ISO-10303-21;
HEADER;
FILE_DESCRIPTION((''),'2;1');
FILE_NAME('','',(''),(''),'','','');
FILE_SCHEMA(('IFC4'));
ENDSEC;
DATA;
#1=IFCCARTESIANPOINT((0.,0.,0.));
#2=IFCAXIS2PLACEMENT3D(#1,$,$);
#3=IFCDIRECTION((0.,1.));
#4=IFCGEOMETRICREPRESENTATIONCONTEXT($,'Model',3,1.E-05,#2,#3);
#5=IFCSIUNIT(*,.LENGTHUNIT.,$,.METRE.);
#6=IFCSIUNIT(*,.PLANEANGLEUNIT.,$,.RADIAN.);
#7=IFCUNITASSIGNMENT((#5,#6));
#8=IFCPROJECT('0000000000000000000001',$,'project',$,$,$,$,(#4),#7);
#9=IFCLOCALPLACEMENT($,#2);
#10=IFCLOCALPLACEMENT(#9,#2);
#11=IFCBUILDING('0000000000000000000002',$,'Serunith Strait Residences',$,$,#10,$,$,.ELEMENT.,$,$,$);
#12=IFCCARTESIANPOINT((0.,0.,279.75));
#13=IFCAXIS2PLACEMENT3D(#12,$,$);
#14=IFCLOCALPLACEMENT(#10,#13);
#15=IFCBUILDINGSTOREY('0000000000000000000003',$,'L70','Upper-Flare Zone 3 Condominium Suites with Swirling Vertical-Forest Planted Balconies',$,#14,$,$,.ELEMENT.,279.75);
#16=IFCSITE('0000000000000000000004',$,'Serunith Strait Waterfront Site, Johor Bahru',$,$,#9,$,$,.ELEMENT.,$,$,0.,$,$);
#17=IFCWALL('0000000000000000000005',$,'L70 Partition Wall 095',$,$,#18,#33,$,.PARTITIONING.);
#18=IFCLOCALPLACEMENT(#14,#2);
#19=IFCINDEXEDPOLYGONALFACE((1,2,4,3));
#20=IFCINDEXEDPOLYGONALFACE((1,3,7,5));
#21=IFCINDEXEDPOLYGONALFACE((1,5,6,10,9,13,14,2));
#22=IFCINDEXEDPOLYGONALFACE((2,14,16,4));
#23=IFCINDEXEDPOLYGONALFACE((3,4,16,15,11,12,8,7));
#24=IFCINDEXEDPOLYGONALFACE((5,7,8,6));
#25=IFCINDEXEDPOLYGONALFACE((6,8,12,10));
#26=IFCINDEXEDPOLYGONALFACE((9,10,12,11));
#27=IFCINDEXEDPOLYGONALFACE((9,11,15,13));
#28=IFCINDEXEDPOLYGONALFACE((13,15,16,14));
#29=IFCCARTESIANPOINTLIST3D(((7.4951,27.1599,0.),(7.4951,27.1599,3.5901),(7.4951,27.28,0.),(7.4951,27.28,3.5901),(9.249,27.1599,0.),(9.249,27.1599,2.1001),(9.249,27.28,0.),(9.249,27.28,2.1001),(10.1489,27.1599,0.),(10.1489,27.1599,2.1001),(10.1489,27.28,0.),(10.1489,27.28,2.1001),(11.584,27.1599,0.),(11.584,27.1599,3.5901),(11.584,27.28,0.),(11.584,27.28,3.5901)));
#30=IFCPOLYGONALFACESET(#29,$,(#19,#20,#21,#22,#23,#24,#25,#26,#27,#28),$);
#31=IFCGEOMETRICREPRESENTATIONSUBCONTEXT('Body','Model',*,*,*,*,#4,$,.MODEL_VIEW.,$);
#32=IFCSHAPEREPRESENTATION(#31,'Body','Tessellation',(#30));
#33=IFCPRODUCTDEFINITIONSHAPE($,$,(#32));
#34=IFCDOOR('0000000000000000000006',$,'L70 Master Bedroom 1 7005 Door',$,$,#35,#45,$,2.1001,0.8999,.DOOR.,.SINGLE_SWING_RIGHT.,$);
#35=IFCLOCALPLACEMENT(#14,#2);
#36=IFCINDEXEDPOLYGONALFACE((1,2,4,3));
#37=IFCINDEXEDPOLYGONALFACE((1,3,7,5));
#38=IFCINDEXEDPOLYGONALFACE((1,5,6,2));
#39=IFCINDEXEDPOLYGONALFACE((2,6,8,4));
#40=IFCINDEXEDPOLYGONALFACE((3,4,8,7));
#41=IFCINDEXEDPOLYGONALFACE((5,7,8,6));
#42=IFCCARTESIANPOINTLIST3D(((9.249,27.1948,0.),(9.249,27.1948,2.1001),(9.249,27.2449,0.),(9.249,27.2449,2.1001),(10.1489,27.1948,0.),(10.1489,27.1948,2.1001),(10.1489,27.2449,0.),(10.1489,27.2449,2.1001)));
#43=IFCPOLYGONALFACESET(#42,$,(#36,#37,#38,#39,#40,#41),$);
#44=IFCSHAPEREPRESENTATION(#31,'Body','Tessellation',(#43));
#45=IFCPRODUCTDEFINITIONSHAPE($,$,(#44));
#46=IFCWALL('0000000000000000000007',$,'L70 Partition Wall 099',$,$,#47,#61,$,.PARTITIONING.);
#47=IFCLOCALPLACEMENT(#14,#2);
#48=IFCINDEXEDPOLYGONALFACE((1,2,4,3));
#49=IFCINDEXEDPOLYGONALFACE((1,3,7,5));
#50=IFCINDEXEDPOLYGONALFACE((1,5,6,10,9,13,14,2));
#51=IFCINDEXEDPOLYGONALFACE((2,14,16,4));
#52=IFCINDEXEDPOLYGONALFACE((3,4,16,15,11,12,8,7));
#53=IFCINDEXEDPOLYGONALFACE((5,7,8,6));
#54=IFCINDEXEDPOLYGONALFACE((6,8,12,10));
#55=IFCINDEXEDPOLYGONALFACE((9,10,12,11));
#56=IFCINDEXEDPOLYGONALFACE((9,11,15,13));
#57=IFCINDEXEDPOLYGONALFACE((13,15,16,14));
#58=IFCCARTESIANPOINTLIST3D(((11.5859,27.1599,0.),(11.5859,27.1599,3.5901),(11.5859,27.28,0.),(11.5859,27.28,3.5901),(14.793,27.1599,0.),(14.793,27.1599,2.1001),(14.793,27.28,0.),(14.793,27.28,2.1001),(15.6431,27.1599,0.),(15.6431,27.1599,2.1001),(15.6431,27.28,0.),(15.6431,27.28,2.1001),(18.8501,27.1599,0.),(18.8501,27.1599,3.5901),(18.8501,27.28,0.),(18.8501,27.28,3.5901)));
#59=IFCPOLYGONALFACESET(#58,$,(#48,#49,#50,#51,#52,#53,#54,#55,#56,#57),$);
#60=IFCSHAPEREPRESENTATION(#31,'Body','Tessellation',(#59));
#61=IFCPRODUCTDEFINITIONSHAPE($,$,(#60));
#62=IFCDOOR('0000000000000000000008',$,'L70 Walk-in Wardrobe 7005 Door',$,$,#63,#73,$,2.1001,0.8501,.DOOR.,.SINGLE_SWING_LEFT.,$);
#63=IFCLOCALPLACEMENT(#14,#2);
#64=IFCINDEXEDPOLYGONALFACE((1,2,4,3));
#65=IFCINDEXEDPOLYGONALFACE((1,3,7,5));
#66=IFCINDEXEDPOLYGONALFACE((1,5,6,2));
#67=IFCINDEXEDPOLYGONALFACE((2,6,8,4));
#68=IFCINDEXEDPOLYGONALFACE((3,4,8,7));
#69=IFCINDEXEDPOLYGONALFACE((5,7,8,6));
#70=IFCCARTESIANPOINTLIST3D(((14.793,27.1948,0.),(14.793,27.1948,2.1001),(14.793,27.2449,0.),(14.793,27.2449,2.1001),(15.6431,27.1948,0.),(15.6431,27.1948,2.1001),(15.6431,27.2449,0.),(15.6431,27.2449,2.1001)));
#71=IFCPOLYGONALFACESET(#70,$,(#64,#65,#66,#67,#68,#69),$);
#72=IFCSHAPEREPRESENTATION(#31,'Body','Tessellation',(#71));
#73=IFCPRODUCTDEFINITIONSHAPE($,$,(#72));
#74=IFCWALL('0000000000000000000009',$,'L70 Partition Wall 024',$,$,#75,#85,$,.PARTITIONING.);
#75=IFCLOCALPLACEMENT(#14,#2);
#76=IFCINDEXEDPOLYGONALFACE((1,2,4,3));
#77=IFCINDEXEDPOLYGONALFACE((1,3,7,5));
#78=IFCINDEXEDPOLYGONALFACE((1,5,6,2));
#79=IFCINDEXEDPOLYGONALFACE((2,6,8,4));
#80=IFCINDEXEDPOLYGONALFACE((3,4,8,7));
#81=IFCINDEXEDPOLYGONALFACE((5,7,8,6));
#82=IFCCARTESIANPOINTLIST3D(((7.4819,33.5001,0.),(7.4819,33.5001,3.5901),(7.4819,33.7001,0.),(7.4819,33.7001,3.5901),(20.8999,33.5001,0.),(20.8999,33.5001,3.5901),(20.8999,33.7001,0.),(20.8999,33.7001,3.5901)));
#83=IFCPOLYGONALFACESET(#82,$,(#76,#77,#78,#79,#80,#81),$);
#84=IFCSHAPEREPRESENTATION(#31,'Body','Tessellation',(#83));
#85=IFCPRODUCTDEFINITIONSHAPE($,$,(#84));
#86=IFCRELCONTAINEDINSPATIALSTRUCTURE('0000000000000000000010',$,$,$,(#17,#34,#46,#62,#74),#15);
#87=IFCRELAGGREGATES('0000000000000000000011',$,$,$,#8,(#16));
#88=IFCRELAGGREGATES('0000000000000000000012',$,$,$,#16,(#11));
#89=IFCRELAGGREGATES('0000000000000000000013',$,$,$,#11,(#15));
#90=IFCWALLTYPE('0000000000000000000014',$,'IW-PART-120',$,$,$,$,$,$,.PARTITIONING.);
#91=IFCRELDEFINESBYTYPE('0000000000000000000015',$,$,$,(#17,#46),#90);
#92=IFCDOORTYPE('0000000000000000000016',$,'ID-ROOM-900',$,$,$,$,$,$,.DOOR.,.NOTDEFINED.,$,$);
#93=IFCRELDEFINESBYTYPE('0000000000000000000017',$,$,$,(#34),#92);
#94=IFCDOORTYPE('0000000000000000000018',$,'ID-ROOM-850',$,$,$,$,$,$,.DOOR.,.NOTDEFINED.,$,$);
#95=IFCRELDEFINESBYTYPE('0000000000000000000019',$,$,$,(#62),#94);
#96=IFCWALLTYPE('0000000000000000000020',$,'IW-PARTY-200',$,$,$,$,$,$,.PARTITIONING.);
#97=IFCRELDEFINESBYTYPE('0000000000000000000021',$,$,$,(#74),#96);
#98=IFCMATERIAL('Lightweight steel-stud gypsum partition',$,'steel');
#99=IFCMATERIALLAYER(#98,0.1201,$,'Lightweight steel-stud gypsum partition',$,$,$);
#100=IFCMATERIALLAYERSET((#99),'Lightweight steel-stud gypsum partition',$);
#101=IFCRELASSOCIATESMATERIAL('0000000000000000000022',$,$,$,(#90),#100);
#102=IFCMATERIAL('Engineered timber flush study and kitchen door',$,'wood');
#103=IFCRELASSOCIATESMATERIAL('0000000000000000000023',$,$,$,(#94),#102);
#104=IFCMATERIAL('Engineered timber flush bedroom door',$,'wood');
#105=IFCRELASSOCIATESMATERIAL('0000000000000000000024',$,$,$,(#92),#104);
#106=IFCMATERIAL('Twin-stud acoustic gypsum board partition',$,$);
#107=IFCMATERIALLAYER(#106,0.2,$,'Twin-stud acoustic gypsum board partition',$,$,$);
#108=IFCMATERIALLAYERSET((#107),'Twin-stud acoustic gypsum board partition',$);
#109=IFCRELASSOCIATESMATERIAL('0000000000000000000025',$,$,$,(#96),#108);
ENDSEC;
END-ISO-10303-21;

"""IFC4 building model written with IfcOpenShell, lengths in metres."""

from ifc_helpers import new_model, si_unit, direction, frame, frame_2d, origin, place, context, subcontext, project, spatial, rectangle, extrude, source, transform, mapped, material, layer, layer_set, type_object, element, fill, save


model = new_model("IFC4")

# Units and contexts
model_context = context("Model", 3, precision=1e-05, world=origin(), true_north=direction((0.0, 1.0)))
body_context = subcontext(model_context, "Body", "Model", "MODEL_VIEW")
ifc_project = project(units=[si_unit("LENGTHUNIT", "METRE"), si_unit("PLANEANGLEUNIT", "RADIAN")], contexts=[model_context])

# Site, building, storey
site_placement = place(None, origin())
site = spatial("IfcSite", under=ifc_project, at=site_placement, Name="Serunith Strait Waterfront Site, Johor Bahru", CompositionType="ELEMENT", RefElevation=0.0)
building_placement = place(site_placement, origin())
building = spatial("IfcBuilding", under=site, at=building_placement, Name="Serunith Strait Residences", CompositionType="ELEMENT")
storey_placement = place(building_placement, frame((0.0, 0.0, 279.75)))
storey = spatial("IfcBuildingStorey", under=building, at=storey_placement, Name="L70", Description="Upper-Flare Zone 3 Condominium Suites with Swirling Vertical-Forest Planted Balconies", CompositionType="ELEMENT", Elevation=279.75)

# Shared definitions
ifc_material_1 = material(Name="Lightweight steel-stud gypsum partition", Category="steel")
ifc_layer_1 = layer(ifc_material_1, 0.1201, Name="Lightweight steel-stud gypsum partition")
ifc_layer_set_1 = layer_set([ifc_layer_1], Name="Lightweight steel-stud gypsum partition")
wall_type_1 = type_object("IfcWallType", Name="IW-PART-120", PredefinedType="PARTITIONING", material=ifc_layer_set_1)
shared_shape_1 = source(origin(), body_context, "Body", "SweptSolid", [
    extrude(rectangle(XDim=0.8501, YDim=2.1001, at=frame_2d((0.425, 1.05))), frame((0.0, 0.0249, 0.0), z_axis=(0.0, -1.0, 0.0), x_axis=(1.0, 0.0, 0.0)), (0.0, 0.0, 1.0), 0.05),
])
ifc_material_2 = material(Name="Engineered timber flush study and kitchen door", Category="wood")
door_type_1 = type_object("IfcDoorType", Name="ID-ROOM-850", OperationType="NOTDEFINED", PredefinedType="DOOR", material=ifc_material_2)
ifc_material_3 = material(Name="Engineered timber flush bedroom door", Category="wood")
door_type_2 = type_object("IfcDoorType", Name="ID-ROOM-900", OperationType="NOTDEFINED", PredefinedType="DOOR", material=ifc_material_3)
shared_shape_2 = source(origin(), body_context, "Body", "SweptSolid", [
    extrude(rectangle(XDim=0.8999, YDim=2.1001, at=frame_2d((0.45, 1.05))), frame((0.0, 0.0249, 0.0), z_axis=(0.0, -1.0, 0.0), x_axis=(1.0, 0.0, 0.0)), (0.0, 0.0, 1.0), 0.05),
])

# Walls, openings, doors
wall_1_placement = place(storey_placement, frame((7.4951, 27.22, 0.0), z_axis=(0.0, 0.0, 1.0), x_axis=(1.0, 0.0, 0.0)))
wall_1 = element("IfcWall", 1, at=wall_1_placement, inside=storey, type_object=wall_type_1, Name="L70 Partition Wall 095", PredefinedType="PARTITIONING", context=body_context, shape_type="SweptSolid", body=[
    extrude(rectangle(XDim=4.0889, YDim=0.1201, at=frame_2d((2.0444, 0.0))), origin(), (0.0, 0.0, 1.0), 3.5901),
])
opening_1_placement = place(wall_1_placement, frame((1.7539, 0.0, 0.0)))
opening_1 = element("IfcOpeningElement", 2, at=opening_1_placement, cuts=wall_1, PredefinedType="OPENING", context=body_context, shape_type="SweptSolid", body=[
    extrude(rectangle(XDim=0.8999, YDim=2.1001, at=frame_2d((0.45, 1.05))), frame((0.0, 0.0701, 0.0), z_axis=(0.0, -1.0, 0.0), x_axis=(1.0, 0.0, 0.0)), (0.0, 0.0, 1.0), 0.1401),
])
door_1_placement = place(opening_1_placement, origin())
door_1 = element("IfcDoor", 3, at=door_1_placement, inside=storey, type_object=door_type_2, Name="L70 Master Bedroom 1 7005 Door", OperationType="SINGLE_SWING_RIGHT", OverallHeight=2.1001, OverallWidth=0.8999, PredefinedType="DOOR", context=body_context, shape_type="MappedRepresentation", body=[
    mapped(shared_shape_2, transform((0.0, 0.0, 0.0), scale=1.0)),
])
fill(opening_1, door_1)
wall_2_placement = place(storey_placement, frame((11.5859, 27.22, 0.0), z_axis=(0.0, 0.0, 1.0), x_axis=(1.0, 0.0, 0.0)))
wall_2 = element("IfcWall", 4, at=wall_2_placement, inside=storey, type_object=wall_type_1, Name="L70 Partition Wall 099", PredefinedType="PARTITIONING", context=body_context, shape_type="SweptSolid", body=[
    extrude(rectangle(XDim=7.2642, YDim=0.1201, at=frame_2d((3.6321, 0.0))), origin(), (0.0, 0.0, 1.0), 3.5901),
])
opening_2_placement = place(wall_2_placement, frame((3.207, 0.0, 0.0)))
opening_2 = element("IfcOpeningElement", 5, at=opening_2_placement, cuts=wall_2, PredefinedType="OPENING", context=body_context, shape_type="SweptSolid", body=[
    extrude(rectangle(XDim=0.8501, YDim=2.1001, at=frame_2d((0.425, 1.05))), frame((0.0, 0.0701, 0.0), z_axis=(0.0, -1.0, 0.0), x_axis=(1.0, 0.0, 0.0)), (0.0, 0.0, 1.0), 0.1401),
])
door_2_placement = place(opening_2_placement, origin())
door_2 = element("IfcDoor", 6, at=door_2_placement, inside=storey, type_object=door_type_1, Name="L70 Walk-in Wardrobe 7005 Door", OperationType="SINGLE_SWING_LEFT", OverallHeight=2.1001, OverallWidth=0.8501, PredefinedType="DOOR", context=body_context, shape_type="MappedRepresentation", body=[
    mapped(shared_shape_1, transform((0.0, 0.0, 0.0), scale=1.0)),
])
fill(opening_2, door_2)

# Wall
ifc_material_4 = material(Name="Twin-stud acoustic gypsum board partition")
ifc_layer_2 = layer(ifc_material_4, 0.2, Name="Twin-stud acoustic gypsum board partition")
ifc_layer_set_2 = layer_set([ifc_layer_2], Name="Twin-stud acoustic gypsum board partition")
wall_type_2 = type_object("IfcWallType", Name="IW-PARTY-200", PredefinedType="PARTITIONING", material=ifc_layer_set_2)
wall_3_placement = place(storey_placement, frame((7.4819, 33.6001, 0.0), z_axis=(0.0, 0.0, 1.0), x_axis=(1.0, 0.0, 0.0)))
element("IfcWall", 7, at=wall_3_placement, inside=storey, type_object=wall_type_2, Name="L70 Partition Wall 024", PredefinedType="PARTITIONING", context=body_context, shape_type="SweptSolid", body=[
    extrude(rectangle(XDim=13.418, YDim=0.2, at=frame_2d((6.709, 0.0))), origin(), (0.0, 0.0, 1.0), 3.5901),
])

save(model, "model.ifc")
